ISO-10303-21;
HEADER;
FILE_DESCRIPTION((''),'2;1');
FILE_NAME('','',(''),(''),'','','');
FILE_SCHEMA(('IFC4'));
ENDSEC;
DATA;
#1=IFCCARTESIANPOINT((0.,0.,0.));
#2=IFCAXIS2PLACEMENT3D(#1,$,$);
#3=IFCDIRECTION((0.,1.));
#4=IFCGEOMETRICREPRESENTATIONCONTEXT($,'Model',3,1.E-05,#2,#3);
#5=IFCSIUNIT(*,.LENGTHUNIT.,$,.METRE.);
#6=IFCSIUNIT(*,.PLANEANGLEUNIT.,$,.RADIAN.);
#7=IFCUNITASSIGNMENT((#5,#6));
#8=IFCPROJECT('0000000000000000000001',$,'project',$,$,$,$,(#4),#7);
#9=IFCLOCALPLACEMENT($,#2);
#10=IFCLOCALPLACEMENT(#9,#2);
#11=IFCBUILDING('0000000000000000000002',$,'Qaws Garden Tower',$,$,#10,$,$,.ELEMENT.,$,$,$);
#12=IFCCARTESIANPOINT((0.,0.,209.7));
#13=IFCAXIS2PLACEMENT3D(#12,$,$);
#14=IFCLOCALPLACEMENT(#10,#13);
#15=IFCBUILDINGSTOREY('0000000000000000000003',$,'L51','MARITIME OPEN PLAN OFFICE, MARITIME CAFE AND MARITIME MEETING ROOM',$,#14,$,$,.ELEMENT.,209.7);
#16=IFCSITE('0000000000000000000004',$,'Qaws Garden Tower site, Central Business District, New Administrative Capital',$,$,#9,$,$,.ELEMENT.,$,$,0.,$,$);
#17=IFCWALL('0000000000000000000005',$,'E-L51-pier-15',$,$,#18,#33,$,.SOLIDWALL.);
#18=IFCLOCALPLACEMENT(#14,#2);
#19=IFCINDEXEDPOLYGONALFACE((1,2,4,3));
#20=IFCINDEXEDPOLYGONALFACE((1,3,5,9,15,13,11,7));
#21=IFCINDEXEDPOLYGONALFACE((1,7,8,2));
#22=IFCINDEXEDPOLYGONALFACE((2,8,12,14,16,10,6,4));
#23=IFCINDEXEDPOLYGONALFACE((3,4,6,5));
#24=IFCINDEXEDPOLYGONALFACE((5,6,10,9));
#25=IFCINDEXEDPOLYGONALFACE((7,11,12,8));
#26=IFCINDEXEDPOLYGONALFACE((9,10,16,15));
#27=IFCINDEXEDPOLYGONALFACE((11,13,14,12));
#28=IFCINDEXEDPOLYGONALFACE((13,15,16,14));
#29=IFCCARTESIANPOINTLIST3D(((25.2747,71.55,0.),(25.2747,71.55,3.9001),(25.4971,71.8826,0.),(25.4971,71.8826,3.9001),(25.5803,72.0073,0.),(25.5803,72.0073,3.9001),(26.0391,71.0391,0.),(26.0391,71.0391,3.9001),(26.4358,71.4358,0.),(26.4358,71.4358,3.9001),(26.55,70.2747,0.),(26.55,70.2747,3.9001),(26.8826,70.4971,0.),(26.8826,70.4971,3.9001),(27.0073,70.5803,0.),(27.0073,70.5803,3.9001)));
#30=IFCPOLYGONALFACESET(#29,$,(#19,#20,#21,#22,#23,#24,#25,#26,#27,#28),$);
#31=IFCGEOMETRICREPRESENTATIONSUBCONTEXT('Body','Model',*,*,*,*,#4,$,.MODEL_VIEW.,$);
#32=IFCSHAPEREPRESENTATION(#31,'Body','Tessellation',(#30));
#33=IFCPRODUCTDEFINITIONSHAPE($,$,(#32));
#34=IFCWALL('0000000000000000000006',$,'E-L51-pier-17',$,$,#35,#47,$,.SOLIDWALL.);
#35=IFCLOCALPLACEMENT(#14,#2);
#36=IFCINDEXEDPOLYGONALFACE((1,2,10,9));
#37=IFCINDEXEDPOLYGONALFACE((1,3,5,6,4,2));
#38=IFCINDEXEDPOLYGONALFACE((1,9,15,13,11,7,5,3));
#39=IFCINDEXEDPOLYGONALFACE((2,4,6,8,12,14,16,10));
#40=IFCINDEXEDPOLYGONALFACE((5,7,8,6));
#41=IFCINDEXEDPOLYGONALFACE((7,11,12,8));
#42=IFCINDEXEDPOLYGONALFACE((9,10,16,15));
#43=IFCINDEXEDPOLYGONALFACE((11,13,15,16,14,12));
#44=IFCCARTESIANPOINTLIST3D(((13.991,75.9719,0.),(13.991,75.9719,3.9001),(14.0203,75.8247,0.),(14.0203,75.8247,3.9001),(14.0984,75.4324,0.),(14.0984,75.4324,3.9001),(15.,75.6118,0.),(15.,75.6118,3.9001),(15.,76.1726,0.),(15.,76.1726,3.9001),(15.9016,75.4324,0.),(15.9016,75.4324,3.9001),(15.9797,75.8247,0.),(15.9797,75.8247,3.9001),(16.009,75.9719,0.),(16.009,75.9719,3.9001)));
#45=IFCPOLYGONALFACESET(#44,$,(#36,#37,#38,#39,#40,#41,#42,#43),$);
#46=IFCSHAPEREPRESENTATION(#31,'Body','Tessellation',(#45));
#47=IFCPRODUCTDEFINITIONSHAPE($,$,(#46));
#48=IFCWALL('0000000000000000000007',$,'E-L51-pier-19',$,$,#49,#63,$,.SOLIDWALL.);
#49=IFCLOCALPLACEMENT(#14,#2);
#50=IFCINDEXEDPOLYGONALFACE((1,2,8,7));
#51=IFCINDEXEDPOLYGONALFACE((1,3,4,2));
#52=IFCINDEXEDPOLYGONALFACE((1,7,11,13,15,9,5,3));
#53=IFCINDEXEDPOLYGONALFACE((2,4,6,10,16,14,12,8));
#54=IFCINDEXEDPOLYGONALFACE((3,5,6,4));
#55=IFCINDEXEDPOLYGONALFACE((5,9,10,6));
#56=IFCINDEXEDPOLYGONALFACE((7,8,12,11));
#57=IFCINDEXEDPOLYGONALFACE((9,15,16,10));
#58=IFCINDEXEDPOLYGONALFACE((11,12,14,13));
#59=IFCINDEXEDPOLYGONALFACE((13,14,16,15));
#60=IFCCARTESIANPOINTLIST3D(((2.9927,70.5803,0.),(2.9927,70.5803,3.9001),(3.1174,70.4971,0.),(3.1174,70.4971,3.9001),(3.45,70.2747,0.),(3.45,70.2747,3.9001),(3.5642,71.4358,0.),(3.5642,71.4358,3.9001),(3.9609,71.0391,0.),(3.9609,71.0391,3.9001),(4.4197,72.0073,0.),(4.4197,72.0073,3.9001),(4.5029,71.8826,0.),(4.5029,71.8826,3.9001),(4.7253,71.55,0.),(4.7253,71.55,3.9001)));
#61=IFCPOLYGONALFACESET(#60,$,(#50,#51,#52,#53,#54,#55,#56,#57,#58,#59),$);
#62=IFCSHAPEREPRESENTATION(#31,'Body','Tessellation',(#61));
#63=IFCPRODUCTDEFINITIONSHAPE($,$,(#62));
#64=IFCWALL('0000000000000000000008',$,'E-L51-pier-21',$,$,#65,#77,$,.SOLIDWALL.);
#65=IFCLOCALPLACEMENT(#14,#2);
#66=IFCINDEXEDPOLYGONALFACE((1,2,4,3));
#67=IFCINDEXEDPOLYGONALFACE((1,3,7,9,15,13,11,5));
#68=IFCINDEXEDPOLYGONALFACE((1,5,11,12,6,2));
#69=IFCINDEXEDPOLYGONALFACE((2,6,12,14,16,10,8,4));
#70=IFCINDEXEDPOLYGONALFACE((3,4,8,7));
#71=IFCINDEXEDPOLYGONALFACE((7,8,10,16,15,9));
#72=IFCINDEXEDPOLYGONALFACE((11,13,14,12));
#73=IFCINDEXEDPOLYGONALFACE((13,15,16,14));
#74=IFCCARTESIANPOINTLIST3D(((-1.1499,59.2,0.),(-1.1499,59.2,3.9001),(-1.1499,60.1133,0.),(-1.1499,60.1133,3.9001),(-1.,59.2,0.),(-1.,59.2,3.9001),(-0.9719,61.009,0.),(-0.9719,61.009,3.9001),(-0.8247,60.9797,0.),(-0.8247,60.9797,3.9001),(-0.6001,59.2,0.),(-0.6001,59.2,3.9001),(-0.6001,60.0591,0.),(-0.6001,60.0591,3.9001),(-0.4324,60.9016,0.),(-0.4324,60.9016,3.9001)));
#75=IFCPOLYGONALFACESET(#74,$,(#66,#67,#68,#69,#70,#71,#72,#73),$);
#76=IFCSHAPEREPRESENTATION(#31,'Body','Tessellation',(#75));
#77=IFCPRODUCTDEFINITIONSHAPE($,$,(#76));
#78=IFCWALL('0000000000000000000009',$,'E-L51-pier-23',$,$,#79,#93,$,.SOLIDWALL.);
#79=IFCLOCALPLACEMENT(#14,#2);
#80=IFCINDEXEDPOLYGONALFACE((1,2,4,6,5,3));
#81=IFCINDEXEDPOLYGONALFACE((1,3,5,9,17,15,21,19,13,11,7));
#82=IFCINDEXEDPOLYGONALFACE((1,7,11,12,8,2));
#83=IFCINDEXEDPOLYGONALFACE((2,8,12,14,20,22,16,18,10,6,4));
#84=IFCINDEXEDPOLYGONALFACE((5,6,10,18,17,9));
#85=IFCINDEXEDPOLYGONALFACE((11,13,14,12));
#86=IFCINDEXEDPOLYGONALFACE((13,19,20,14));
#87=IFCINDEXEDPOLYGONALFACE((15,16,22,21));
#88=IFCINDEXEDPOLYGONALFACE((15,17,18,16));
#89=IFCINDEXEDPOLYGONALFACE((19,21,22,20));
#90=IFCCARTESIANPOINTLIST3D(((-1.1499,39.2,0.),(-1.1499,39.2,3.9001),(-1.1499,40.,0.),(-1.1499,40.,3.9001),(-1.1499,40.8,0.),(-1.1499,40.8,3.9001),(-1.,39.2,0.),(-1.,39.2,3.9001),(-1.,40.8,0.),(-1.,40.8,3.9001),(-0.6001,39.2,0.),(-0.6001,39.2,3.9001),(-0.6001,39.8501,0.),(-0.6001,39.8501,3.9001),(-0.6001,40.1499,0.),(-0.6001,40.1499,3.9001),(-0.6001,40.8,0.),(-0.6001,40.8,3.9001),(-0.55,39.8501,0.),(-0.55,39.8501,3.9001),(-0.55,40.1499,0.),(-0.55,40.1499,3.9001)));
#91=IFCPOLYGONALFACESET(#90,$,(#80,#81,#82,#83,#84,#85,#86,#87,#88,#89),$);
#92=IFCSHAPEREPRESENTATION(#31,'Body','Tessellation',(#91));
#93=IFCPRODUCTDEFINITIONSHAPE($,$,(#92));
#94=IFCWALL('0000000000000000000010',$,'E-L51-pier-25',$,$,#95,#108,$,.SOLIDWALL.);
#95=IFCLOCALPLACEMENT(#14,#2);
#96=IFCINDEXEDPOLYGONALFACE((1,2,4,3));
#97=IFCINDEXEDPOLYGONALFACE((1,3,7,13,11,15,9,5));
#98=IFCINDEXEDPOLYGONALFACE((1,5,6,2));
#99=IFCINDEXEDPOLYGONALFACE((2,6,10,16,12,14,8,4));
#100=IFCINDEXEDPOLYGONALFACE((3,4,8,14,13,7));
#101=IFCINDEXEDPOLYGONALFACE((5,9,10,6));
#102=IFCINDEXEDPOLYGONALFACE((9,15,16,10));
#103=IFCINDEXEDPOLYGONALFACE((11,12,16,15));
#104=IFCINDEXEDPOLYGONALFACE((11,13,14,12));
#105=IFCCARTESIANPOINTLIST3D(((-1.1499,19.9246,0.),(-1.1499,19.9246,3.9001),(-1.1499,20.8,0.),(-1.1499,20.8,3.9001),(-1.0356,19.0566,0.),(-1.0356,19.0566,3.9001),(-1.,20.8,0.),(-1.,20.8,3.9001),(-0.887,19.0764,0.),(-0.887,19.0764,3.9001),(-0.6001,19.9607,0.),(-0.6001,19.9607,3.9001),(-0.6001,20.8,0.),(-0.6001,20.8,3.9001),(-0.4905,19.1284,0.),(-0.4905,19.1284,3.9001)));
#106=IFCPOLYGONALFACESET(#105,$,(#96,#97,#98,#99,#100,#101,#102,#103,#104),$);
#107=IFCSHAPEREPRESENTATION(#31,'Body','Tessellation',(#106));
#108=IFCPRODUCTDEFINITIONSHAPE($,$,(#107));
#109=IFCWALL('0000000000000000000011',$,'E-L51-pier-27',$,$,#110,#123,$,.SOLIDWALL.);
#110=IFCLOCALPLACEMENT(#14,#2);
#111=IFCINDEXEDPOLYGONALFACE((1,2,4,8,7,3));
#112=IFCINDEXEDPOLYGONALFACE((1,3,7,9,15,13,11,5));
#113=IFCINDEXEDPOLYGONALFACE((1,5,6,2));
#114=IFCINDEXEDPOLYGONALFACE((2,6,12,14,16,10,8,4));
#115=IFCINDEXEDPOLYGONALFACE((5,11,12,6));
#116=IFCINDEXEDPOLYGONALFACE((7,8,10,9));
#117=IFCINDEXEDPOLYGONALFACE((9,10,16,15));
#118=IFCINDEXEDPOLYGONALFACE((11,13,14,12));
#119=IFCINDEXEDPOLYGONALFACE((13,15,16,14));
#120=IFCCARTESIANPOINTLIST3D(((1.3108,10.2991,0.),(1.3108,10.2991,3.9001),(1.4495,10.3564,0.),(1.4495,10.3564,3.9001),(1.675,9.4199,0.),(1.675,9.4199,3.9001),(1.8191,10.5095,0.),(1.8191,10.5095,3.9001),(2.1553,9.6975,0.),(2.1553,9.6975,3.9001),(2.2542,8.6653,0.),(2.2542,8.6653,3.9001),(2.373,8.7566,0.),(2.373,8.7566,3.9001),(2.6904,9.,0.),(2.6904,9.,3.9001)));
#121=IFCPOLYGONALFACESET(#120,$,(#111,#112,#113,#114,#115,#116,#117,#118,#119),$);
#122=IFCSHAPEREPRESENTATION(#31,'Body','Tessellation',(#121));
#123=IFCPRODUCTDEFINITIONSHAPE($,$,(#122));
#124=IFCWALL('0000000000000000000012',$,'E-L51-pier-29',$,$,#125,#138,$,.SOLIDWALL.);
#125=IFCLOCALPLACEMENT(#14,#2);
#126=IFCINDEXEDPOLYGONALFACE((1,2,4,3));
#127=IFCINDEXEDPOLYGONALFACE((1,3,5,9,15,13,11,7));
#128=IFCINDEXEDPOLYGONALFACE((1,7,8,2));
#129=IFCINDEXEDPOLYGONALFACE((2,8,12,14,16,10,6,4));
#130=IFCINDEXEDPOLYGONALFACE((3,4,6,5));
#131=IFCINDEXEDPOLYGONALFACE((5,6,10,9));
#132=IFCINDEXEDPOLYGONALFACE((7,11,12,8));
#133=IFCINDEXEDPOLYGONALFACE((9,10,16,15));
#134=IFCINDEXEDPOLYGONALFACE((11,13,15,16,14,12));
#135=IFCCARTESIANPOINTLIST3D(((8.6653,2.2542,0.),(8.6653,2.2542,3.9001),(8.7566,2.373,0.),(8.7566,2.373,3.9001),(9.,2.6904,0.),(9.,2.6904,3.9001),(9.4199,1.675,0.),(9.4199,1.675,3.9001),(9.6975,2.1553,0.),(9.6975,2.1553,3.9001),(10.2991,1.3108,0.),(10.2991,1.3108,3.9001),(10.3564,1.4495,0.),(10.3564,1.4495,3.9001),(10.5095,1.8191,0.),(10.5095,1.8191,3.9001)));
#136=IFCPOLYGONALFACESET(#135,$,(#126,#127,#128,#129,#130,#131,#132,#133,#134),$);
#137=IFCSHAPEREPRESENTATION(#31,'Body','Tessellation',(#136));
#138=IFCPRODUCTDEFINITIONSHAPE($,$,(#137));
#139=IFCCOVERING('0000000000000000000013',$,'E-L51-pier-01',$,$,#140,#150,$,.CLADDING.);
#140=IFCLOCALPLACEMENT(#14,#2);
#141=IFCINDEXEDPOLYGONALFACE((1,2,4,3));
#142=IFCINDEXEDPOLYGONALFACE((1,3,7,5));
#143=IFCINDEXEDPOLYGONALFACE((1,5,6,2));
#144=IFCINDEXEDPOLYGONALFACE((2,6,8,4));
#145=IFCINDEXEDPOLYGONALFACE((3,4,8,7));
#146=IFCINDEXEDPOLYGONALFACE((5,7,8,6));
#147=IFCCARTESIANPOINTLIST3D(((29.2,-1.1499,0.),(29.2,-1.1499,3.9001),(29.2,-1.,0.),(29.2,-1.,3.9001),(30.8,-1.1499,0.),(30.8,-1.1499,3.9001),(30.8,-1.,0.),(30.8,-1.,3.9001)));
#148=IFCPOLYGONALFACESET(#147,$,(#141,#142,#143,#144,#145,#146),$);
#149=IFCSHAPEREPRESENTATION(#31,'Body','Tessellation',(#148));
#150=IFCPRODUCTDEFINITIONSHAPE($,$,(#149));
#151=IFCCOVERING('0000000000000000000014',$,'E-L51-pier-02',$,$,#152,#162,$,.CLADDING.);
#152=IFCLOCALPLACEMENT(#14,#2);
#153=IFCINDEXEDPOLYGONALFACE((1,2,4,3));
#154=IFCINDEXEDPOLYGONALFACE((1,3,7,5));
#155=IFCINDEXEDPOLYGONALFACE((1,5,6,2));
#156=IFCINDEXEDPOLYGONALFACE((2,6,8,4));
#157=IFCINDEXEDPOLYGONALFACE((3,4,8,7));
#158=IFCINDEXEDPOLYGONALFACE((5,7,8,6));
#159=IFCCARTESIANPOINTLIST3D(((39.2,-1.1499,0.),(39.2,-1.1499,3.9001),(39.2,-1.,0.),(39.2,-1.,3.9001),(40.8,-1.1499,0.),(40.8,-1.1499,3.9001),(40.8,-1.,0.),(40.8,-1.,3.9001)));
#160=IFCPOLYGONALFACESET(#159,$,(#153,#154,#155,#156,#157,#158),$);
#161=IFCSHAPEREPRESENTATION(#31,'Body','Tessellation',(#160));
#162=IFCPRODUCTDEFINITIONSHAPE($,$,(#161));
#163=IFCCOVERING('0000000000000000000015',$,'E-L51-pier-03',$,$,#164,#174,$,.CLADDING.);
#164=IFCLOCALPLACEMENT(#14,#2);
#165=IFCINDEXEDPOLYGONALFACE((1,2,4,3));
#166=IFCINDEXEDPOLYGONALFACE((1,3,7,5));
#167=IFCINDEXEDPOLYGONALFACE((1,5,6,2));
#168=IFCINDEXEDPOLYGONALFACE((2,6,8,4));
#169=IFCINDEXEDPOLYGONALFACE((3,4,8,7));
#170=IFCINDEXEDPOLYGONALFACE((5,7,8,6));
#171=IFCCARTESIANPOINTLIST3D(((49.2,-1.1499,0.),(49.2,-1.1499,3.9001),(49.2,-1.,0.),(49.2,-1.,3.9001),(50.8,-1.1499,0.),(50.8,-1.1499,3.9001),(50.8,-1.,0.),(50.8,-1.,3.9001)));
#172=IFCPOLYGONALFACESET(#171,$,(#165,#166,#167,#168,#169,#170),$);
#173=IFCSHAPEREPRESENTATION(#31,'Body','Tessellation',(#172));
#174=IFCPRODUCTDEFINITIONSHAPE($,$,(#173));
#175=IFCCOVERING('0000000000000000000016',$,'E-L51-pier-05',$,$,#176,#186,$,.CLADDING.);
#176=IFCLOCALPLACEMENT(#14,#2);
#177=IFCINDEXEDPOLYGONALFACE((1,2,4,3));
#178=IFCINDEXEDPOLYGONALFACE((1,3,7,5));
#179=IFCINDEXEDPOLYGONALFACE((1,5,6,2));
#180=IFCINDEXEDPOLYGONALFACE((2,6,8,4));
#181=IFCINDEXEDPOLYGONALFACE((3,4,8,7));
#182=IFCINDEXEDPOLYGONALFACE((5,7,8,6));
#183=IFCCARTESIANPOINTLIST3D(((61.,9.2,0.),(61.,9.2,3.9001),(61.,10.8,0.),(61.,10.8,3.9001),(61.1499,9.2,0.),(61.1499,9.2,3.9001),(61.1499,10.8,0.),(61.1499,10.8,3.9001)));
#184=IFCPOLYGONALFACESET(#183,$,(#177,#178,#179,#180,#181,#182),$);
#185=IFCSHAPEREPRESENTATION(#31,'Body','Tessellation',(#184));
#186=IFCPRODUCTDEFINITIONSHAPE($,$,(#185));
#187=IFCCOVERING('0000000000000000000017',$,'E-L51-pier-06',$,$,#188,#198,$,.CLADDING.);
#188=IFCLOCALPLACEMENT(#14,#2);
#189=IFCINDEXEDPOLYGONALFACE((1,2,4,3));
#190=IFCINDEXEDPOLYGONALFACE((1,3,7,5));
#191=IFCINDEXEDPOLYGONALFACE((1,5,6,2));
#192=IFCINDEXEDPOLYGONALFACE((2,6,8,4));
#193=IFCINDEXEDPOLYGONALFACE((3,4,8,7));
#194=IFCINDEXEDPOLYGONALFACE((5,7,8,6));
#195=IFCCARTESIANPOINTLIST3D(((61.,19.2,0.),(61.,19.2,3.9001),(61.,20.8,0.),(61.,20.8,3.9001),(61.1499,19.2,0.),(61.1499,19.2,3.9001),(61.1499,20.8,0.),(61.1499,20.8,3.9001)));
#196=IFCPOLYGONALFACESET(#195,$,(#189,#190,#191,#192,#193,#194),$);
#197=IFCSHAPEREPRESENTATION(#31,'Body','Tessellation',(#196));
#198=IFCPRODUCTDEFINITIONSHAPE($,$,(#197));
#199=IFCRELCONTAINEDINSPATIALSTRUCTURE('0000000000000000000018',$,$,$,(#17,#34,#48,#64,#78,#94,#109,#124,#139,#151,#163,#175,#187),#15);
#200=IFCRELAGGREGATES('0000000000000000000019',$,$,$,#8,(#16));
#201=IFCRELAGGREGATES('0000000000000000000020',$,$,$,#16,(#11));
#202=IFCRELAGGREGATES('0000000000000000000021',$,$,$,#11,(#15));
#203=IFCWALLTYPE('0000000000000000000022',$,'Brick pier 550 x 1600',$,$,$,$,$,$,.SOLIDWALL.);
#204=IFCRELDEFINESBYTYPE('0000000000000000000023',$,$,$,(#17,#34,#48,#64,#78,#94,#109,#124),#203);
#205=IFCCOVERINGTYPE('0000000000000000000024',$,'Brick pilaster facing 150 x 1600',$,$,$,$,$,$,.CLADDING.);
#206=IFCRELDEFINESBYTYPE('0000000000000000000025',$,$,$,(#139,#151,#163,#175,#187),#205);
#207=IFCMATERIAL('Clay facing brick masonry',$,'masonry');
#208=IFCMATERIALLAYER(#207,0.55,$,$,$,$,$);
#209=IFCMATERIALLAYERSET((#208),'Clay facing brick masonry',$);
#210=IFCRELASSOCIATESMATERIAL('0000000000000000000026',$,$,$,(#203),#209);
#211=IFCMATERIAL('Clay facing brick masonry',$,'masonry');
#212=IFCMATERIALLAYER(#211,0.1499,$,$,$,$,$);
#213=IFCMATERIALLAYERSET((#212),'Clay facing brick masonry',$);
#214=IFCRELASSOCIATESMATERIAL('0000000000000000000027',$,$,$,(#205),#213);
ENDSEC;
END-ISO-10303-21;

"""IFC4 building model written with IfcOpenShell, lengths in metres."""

from ifc_helpers import new_model, si_unit, direction, frame, origin, place, context, subcontext, project, spatial, polyline, outline, extrude, material, layer, layer_set, type_object, element, save


model = new_model("IFC4")

# Units and contexts
model_context = context("Model", 3, precision=1e-05, world=origin(), true_north=direction((0.0, 1.0)))
body_context = subcontext(model_context, "Body", "Model", "MODEL_VIEW")
ifc_project = project(units=[si_unit("LENGTHUNIT", "METRE"), si_unit("PLANEANGLEUNIT", "RADIAN")], contexts=[model_context])

# Site, building, storey
site_placement = place(None, origin())
site = spatial("IfcSite", under=ifc_project, at=site_placement, Name="Qaws Garden Tower site, Central Business District, New Administrative Capital", CompositionType="ELEMENT", RefElevation=0.0)
building_placement = place(site_placement, origin())
building = spatial("IfcBuilding", under=site, at=building_placement, Name="Qaws Garden Tower", CompositionType="ELEMENT")
storey_placement = place(building_placement, frame((0.0, 0.0, 209.7)))
storey = spatial("IfcBuildingStorey", under=building, at=storey_placement, Name="L51", Description="MARITIME OPEN PLAN OFFICE, MARITIME CAFE AND MARITIME MEETING ROOM", CompositionType="ELEMENT", Elevation=209.7)

# Walls
placement = place(storey_placement, origin())
ifc_material_1 = material(Name="Clay facing brick masonry", Category="masonry")
ifc_layer_1 = layer(ifc_material_1, 0.55)
ifc_layer_set_1 = layer_set([ifc_layer_1], Name="Clay facing brick masonry")
wall_type_1 = type_object("IfcWallType", Name="Brick pier 550 x 1600", PredefinedType="SOLIDWALL", material=ifc_layer_set_1)
element("IfcWall", 1, at=placement, inside=storey, type_object=wall_type_1, Name="E-L51-pier-15", PredefinedType="SOLIDWALL", context=body_context, shape_type="SweptSolid", body=[
    extrude(outline(polyline([(26.8826, 70.4971), (27.0073, 70.5803), (26.4358, 71.4358), (25.5803, 72.0073), (25.4971, 71.8826), (25.2747, 71.55), (26.0391, 71.0391), (26.55, 70.2747), (26.8826, 70.4971)])), origin(), (0.0, 0.0, 1.0), 3.9001),
])
element("IfcWall", 2, at=placement, inside=storey, type_object=wall_type_1, Name="E-L51-pier-17", PredefinedType="SOLIDWALL", context=body_context, shape_type="SweptSolid", body=[
    extrude(outline(polyline([(15.9797, 75.8247), (16.009, 75.9719), (15.0, 76.1726), (13.991, 75.9719), (14.0203, 75.8247), (14.0984, 75.4324), (15.0, 75.6118), (15.9016, 75.4324), (15.9797, 75.8247)])), origin(), (0.0, 0.0, 1.0), 3.9001),
])
element("IfcWall", 3, at=placement, inside=storey, type_object=wall_type_1, Name="E-L51-pier-19", PredefinedType="SOLIDWALL", context=body_context, shape_type="SweptSolid", body=[
    extrude(outline(polyline([(4.5029, 71.8826), (4.4197, 72.0073), (3.5642, 71.4358), (2.9927, 70.5803), (3.1174, 70.4971), (3.45, 70.2747), (3.9609, 71.0391), (4.7253, 71.55), (4.5029, 71.8826)])), origin(), (0.0, 0.0, 1.0), 3.9001),
])
element("IfcWall", 4, at=placement, inside=storey, type_object=wall_type_1, Name="E-L51-pier-21", PredefinedType="SOLIDWALL", context=body_context, shape_type="SweptSolid", body=[
    extrude(outline(polyline([(-0.8247, 60.9797), (-0.9719, 61.009), (-1.1499, 60.1133), (-1.1499, 59.2), (-1.0, 59.2), (-0.6001, 59.2), (-0.6001, 60.0591), (-0.4324, 60.9016), (-0.8247, 60.9797)])), origin(), (0.0, 0.0, 1.0), 3.9001),
])
element("IfcWall", 5, at=placement, inside=storey, type_object=wall_type_1, Name="E-L51-pier-23", PredefinedType="SOLIDWALL", context=body_context, shape_type="SweptSolid", body=[
    extrude(outline(polyline([(-0.6001, 39.2), (-0.6001, 39.8501), (-0.55, 39.8501), (-0.55, 40.1499), (-0.6001, 40.1499), (-0.6001, 40.8), (-1.0, 40.8), (-1.1499, 40.8), (-1.1499, 40.0), (-1.1499, 39.2), (-1.0, 39.2), (-0.6001, 39.2)])), origin(), (0.0, 0.0, 1.0), 3.9001),
])
element("IfcWall", 6, at=placement, inside=storey, type_object=wall_type_1, Name="E-L51-pier-25", PredefinedType="SOLIDWALL", context=body_context, shape_type="SweptSolid", body=[
    extrude(outline(polyline([(-1.0, 20.8), (-1.1499, 20.8), (-1.1499, 19.9246), (-1.0356, 19.0566), (-0.887, 19.0764), (-0.4905, 19.1284), (-0.6001, 19.9607), (-0.6001, 20.8), (-1.0, 20.8)])), origin(), (0.0, 0.0, 1.0), 3.9001),
])
element("IfcWall", 7, at=placement, inside=storey, type_object=wall_type_1, Name="E-L51-pier-27", PredefinedType="SOLIDWALL", context=body_context, shape_type="SweptSolid", body=[
    extrude(outline(polyline([(1.4495, 10.3564), (1.3108, 10.2991), (1.675, 9.4199), (2.2542, 8.6653), (2.373, 8.7566), (2.6904, 9.0), (2.1553, 9.6975), (1.8191, 10.5095), (1.4495, 10.3564)])), origin(), (0.0, 0.0, 1.0), 3.9001),
])
element("IfcWall", 8, at=placement, inside=storey, type_object=wall_type_1, Name="E-L51-pier-29", PredefinedType="SOLIDWALL", context=body_context, shape_type="SweptSolid", body=[
    extrude(outline(polyline([(8.7566, 2.373), (8.6653, 2.2542), (9.4199, 1.675), (10.2991, 1.3108), (10.3564, 1.4495), (10.5095, 1.8191), (9.6975, 2.1553), (9.0, 2.6904), (8.7566, 2.373)])), origin(), (0.0, 0.0, 1.0), 3.9001),
])

# Coverings
ifc_material_2 = material(Name="Clay facing brick masonry", Category="masonry")
ifc_layer_2 = layer(ifc_material_2, 0.1499)
ifc_layer_set_2 = layer_set([ifc_layer_2], Name="Clay facing brick masonry")
covering_type = type_object("IfcCoveringType", Name="Brick pilaster facing 150 x 1600", PredefinedType="CLADDING", material=ifc_layer_set_2)
element("IfcCovering", 9, at=placement, inside=storey, type_object=covering_type, Name="E-L51-pier-01", PredefinedType="CLADDING", context=body_context, shape_type="SweptSolid", body=[
    extrude(outline(polyline([(29.2, -1.0), (30.8, -1.0), (30.8, -1.1499), (29.2, -1.1499), (29.2, -1.0)])), origin(), (0.0, 0.0, 1.0), 3.9001),
])
element("IfcCovering", 10, at=placement, inside=storey, type_object=covering_type, Name="E-L51-pier-02", PredefinedType="CLADDING", context=body_context, shape_type="SweptSolid", body=[
    extrude(outline(polyline([(39.2, -1.0), (40.8, -1.0), (40.8, -1.1499), (39.2, -1.1499), (39.2, -1.0)])), origin(), (0.0, 0.0, 1.0), 3.9001),
])
element("IfcCovering", 11, at=placement, inside=storey, type_object=covering_type, Name="E-L51-pier-03", PredefinedType="CLADDING", context=body_context, shape_type="SweptSolid", body=[
    extrude(outline(polyline([(49.2, -1.0), (50.8, -1.0), (50.8, -1.1499), (49.2, -1.1499), (49.2, -1.0)])), origin(), (0.0, 0.0, 1.0), 3.9001),
])
element("IfcCovering", 12, at=placement, inside=storey, type_object=covering_type, Name="E-L51-pier-05", PredefinedType="CLADDING", context=body_context, shape_type="SweptSolid", body=[
    extrude(outline(polyline([(61.0, 9.2), (61.0, 10.8), (61.1499, 10.8), (61.1499, 9.2), (61.0, 9.2)])), origin(), (0.0, 0.0, 1.0), 3.9001),
])
element("IfcCovering", 13, at=placement, inside=storey, type_object=covering_type, Name="E-L51-pier-06", PredefinedType="CLADDING", context=body_context, shape_type="SweptSolid", body=[
    extrude(outline(polyline([(61.0, 19.2), (61.0, 20.8), (61.1499, 20.8), (61.1499, 19.2), (61.0, 19.2)])), origin(), (0.0, 0.0, 1.0), 3.9001),
])

save(model, "model.ifc")
